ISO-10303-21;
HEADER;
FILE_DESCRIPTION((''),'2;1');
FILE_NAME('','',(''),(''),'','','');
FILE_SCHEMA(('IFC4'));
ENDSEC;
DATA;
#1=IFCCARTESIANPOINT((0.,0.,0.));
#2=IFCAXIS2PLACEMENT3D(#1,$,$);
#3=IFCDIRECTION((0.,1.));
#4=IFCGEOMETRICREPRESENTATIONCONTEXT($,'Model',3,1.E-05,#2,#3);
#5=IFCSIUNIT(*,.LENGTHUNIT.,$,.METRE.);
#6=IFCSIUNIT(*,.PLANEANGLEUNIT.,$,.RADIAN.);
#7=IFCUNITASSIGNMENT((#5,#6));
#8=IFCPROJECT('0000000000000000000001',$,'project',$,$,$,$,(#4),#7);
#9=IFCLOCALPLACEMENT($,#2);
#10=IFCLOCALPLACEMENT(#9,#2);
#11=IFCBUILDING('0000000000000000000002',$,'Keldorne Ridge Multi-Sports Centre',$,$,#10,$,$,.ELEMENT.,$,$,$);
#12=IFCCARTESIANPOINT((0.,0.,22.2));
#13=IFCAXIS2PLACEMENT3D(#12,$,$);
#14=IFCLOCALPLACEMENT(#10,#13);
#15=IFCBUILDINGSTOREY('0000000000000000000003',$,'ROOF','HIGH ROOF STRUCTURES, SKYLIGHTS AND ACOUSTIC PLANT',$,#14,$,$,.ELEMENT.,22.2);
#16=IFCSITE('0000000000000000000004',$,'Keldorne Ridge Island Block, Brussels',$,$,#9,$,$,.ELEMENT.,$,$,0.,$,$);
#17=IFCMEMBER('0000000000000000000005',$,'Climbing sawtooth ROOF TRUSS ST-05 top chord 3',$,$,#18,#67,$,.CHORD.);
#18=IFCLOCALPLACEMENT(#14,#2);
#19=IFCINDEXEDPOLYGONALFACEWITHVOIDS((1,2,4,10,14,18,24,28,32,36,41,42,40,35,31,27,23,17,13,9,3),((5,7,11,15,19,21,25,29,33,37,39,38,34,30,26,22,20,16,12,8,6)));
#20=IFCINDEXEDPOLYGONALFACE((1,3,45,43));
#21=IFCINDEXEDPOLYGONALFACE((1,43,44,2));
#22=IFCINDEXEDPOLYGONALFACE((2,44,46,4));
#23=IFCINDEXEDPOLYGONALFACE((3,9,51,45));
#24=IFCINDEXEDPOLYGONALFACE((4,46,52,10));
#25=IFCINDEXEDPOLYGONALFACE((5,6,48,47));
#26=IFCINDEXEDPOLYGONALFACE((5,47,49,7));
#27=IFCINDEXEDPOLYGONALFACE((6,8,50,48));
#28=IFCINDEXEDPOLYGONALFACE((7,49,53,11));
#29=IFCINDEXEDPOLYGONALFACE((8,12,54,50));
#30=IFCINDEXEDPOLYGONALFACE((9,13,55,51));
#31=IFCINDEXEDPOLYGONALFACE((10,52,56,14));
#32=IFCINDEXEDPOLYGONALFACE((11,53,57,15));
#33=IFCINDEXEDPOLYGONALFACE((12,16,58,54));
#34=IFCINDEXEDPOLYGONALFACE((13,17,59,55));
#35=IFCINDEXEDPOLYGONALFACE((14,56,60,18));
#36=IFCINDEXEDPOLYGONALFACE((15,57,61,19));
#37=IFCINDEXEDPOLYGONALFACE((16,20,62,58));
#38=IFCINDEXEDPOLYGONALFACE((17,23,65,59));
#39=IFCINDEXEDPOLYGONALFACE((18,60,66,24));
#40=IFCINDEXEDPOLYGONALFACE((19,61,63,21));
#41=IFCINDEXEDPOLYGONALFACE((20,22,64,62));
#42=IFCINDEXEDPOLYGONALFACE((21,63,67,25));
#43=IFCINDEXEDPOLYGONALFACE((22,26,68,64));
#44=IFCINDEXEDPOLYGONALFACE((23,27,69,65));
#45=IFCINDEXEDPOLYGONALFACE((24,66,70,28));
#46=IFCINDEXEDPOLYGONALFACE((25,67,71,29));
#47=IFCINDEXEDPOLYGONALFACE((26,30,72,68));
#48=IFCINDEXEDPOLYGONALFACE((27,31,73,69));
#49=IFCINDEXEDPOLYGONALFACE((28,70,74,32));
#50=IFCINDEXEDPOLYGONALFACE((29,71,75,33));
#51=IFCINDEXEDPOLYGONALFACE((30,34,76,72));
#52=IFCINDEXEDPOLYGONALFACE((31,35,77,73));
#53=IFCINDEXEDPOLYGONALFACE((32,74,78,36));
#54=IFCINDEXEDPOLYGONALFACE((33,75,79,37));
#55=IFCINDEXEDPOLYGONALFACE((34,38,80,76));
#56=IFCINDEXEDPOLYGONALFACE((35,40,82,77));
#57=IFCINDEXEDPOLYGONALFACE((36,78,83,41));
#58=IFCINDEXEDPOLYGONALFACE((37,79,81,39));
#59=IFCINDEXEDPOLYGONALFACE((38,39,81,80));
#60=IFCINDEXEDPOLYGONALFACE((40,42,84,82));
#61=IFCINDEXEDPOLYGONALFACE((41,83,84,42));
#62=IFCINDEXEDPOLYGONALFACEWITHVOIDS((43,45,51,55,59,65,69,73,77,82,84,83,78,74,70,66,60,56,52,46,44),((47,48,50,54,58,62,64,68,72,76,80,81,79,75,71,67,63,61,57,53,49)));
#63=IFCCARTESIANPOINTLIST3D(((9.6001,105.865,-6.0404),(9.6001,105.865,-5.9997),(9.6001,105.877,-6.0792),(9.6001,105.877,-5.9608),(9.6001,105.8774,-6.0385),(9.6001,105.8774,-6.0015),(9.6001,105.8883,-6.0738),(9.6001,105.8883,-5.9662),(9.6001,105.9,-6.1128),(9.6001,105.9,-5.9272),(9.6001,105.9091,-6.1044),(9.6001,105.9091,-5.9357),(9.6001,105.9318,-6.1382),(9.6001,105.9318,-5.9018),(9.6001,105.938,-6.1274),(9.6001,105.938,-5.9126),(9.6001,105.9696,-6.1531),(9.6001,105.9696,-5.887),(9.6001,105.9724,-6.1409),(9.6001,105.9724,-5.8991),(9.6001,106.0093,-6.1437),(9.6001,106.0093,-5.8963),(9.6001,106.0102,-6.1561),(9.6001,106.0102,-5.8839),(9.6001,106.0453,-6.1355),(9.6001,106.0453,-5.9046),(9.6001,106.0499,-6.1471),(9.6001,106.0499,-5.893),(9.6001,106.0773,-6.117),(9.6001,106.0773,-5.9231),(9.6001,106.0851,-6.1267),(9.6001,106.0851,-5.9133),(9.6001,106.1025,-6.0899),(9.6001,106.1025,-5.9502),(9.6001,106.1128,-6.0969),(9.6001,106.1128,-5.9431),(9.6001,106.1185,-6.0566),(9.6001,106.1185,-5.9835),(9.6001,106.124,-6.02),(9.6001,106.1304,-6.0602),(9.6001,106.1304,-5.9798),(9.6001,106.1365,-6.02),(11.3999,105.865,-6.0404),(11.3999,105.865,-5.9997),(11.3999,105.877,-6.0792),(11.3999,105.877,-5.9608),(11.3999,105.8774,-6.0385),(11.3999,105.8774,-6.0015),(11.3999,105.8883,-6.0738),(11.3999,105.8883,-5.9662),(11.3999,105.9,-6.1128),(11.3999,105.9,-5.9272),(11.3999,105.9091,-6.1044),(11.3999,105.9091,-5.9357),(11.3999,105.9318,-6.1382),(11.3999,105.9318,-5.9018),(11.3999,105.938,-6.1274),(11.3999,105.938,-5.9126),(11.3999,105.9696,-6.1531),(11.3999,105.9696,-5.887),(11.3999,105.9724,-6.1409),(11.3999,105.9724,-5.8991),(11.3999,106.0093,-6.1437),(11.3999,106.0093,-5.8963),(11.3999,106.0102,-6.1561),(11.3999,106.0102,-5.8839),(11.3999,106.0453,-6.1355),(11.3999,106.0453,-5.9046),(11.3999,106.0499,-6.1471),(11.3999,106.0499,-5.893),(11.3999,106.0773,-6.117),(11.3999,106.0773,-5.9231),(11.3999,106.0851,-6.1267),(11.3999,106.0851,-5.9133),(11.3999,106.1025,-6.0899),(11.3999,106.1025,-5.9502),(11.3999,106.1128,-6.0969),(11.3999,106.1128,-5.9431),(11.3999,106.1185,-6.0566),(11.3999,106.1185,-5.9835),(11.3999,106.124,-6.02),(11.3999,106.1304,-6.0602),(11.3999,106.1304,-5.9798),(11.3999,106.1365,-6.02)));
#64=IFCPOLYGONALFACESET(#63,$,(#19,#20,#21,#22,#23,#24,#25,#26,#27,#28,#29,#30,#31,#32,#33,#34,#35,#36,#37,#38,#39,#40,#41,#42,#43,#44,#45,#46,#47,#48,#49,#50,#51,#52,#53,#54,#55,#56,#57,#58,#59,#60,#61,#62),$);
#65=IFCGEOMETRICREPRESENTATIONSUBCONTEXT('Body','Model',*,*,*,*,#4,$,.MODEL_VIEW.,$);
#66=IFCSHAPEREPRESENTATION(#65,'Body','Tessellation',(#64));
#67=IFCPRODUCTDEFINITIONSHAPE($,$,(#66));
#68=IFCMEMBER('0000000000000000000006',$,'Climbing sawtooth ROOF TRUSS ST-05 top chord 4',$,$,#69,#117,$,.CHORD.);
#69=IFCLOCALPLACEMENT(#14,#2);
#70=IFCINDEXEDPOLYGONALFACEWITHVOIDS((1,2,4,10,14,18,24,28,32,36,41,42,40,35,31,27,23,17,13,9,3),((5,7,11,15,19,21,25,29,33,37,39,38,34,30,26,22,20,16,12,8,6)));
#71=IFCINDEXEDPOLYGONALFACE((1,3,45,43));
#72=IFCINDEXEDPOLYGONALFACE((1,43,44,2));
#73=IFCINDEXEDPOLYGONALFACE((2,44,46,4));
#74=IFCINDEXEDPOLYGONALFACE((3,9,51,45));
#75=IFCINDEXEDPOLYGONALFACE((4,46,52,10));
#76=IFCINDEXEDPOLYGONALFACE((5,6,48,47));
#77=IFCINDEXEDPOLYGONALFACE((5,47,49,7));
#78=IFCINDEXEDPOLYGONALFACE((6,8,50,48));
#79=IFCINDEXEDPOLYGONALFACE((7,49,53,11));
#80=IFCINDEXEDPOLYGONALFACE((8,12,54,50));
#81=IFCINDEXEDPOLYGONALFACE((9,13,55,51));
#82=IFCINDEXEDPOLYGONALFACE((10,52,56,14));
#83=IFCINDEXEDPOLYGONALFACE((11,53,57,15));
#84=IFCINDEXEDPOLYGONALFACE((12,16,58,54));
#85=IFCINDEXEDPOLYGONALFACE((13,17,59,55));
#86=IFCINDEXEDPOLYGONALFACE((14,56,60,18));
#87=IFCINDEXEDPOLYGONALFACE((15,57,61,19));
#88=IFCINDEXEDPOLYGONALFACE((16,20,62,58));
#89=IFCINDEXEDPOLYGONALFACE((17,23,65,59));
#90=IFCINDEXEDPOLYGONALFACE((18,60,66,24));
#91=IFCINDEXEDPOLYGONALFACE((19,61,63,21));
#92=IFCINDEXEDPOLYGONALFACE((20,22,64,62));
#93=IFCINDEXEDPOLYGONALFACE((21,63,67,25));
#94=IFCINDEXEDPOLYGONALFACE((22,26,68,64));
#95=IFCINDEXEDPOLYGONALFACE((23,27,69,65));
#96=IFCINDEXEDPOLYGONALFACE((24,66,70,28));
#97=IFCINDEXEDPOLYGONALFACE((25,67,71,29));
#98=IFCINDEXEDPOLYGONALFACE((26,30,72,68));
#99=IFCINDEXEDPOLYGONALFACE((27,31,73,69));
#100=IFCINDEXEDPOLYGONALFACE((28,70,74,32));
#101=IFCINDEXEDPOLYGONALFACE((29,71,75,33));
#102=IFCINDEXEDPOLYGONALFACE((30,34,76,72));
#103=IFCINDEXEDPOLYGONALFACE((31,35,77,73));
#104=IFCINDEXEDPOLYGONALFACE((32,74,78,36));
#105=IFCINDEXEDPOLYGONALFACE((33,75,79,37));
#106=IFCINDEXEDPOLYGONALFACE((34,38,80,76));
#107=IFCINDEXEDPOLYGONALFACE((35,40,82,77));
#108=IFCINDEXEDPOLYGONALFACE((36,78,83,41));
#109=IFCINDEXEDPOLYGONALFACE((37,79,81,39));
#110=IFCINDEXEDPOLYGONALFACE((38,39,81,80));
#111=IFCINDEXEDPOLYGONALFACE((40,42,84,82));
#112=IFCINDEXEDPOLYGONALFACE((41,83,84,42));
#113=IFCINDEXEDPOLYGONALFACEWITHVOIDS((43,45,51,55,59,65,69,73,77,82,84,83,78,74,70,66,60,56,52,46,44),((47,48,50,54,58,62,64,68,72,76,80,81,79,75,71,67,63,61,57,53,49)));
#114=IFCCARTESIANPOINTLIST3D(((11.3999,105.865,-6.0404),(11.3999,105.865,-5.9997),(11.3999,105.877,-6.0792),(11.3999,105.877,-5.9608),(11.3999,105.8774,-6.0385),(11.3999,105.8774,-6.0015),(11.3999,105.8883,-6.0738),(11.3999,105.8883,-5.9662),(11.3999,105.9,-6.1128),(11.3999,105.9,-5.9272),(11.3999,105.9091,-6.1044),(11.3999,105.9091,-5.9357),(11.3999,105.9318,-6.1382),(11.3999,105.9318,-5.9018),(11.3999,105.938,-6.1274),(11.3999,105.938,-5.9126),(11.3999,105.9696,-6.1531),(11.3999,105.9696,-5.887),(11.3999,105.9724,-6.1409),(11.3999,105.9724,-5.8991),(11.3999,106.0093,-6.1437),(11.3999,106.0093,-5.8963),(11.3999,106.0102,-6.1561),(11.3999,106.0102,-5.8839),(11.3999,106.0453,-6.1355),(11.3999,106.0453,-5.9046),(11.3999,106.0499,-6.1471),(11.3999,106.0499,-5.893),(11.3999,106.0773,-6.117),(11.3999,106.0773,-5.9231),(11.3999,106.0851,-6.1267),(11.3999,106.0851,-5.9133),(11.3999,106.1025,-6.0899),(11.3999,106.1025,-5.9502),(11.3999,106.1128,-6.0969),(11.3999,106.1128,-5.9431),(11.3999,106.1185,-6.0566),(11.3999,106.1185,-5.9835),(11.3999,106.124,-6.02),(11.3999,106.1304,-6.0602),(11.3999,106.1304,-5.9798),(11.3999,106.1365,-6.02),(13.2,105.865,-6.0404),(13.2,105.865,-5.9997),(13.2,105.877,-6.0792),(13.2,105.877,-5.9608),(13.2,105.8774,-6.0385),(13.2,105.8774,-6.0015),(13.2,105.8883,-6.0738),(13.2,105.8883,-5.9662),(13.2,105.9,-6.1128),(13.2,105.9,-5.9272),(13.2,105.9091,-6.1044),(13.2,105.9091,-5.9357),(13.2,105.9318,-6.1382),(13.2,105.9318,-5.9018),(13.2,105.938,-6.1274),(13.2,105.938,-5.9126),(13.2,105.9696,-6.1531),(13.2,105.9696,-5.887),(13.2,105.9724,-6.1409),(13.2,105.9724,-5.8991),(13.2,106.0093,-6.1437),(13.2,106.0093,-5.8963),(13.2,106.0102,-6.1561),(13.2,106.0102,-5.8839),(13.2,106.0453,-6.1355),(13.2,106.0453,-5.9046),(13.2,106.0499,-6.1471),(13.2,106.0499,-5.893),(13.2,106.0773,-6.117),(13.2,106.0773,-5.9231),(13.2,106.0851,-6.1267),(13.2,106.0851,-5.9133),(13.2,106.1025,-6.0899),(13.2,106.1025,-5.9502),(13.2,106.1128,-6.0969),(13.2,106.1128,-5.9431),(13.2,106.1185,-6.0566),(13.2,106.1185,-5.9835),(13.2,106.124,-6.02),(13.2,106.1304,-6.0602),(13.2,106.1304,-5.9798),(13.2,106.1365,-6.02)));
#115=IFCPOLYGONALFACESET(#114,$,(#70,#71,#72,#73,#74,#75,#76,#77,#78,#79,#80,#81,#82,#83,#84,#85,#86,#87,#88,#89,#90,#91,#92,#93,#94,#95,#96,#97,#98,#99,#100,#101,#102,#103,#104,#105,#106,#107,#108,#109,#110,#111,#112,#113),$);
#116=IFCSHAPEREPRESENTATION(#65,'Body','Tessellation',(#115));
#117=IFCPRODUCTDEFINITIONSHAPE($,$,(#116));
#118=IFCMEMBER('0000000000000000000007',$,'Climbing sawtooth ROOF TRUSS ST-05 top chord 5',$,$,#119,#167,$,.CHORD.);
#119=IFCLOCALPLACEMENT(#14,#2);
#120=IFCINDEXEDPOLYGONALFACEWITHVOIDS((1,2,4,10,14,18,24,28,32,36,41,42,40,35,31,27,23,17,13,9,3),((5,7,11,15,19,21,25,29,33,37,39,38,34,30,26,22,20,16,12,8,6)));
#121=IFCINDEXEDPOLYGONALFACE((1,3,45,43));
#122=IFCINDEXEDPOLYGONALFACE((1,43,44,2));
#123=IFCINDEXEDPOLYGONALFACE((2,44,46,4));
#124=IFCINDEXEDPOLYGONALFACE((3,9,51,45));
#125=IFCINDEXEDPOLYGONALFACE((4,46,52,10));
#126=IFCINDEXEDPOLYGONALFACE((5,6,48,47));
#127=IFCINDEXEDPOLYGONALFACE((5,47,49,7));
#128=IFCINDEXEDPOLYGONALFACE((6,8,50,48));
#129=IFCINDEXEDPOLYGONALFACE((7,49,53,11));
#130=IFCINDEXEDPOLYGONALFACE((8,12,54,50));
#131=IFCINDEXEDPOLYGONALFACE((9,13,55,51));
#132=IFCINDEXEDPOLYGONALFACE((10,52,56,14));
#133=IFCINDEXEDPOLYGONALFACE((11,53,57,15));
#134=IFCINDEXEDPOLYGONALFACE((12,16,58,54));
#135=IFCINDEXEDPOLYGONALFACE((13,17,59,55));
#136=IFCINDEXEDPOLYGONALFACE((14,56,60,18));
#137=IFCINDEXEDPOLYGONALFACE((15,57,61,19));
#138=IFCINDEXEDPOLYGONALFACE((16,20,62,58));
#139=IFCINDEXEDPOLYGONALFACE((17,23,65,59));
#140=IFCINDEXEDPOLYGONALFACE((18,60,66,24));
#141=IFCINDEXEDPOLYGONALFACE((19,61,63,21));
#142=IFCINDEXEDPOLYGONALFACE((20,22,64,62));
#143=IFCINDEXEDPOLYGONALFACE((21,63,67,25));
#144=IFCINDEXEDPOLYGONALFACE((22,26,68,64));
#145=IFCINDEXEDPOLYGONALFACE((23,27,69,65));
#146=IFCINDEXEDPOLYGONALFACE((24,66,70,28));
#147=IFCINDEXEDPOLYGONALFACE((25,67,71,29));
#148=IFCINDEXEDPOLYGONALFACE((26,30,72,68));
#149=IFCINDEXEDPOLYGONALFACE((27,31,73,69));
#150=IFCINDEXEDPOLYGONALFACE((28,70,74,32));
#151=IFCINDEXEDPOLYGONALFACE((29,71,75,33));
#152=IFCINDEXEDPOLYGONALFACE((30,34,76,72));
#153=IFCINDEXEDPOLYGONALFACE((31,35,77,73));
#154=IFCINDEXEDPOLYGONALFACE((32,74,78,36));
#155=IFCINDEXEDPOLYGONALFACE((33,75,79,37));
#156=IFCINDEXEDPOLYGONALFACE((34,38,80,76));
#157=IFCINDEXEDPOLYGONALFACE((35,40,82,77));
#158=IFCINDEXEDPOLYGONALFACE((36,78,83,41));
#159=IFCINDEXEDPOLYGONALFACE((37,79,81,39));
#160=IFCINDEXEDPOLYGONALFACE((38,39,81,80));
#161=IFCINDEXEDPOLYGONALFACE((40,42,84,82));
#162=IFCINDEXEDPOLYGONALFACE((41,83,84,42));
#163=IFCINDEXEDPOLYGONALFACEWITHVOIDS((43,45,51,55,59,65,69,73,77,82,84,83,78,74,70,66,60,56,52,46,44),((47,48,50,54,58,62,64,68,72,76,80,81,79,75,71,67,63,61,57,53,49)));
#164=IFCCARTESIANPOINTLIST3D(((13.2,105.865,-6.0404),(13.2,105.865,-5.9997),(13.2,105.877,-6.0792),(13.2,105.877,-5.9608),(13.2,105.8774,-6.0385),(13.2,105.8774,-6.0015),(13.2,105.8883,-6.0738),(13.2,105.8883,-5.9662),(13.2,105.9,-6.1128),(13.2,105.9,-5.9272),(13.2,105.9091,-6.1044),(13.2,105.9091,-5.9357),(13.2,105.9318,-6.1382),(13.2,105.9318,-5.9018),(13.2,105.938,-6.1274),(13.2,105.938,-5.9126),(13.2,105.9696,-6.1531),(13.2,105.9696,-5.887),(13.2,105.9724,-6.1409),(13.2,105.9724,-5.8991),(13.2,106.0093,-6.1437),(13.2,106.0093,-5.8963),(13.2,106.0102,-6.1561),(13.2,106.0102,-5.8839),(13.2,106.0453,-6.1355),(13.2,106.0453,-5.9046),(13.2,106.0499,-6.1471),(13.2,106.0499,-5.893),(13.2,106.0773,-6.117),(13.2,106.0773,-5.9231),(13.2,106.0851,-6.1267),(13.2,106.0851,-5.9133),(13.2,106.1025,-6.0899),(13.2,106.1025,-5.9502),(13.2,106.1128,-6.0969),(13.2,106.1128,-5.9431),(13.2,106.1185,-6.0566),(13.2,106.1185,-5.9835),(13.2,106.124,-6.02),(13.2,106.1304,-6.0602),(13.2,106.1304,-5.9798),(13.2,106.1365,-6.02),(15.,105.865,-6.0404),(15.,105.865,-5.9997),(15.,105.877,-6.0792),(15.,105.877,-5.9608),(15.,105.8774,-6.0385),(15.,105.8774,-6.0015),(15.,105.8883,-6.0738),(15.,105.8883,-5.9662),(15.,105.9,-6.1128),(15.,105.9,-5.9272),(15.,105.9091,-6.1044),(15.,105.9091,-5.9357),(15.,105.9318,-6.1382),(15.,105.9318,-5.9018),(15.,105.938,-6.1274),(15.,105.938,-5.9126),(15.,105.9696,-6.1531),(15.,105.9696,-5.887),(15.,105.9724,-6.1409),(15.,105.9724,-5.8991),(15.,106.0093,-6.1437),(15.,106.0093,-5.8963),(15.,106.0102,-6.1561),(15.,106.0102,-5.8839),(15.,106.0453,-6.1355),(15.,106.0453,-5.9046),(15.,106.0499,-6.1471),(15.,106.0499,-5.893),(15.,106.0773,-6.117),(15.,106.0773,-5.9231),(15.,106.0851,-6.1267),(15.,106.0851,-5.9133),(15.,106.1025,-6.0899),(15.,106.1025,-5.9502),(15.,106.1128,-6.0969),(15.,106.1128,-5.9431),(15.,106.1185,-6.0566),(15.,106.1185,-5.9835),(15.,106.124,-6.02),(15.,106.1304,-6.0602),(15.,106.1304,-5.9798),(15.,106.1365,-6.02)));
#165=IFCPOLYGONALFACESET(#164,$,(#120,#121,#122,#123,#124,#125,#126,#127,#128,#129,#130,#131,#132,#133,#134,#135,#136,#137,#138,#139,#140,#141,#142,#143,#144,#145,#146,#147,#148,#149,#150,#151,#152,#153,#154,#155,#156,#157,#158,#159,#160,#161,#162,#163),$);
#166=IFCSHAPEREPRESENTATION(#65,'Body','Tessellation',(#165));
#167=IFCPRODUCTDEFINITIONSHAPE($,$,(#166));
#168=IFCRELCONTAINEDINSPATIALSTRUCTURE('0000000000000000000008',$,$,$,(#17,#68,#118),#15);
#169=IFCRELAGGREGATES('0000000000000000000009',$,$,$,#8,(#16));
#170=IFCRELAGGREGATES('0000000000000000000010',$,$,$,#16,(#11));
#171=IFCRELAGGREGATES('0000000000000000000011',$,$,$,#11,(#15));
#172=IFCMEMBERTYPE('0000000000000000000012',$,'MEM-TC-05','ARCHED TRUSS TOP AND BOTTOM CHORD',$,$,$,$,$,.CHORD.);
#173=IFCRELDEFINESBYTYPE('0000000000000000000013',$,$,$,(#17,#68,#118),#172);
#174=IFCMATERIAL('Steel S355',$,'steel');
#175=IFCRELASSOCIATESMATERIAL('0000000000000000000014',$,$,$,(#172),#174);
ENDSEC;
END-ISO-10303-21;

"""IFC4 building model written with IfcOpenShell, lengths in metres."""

from ifc_helpers import new_model, si_unit, direction, frame, origin, origin_2d, place, context, subcontext, project, spatial, hollow_circle, extrude, material, material_profile, profile_set, type_object, element, save


model = new_model("IFC4")

# Units and contexts
model_context = context("Model", 3, precision=1e-05, world=origin(), true_north=direction((0.0, 1.0)))
body_context = subcontext(model_context, "Body", "Model", "MODEL_VIEW")
ifc_project = project(units=[si_unit("LENGTHUNIT", "METRE"), si_unit("PLANEANGLEUNIT", "RADIAN")], contexts=[model_context])

# Site, building, storey
site_placement = place(None, origin())
site = spatial("IfcSite", under=ifc_project, at=site_placement, Name="Keldorne Ridge Island Block, Brussels", CompositionType="ELEMENT", RefElevation=0.0)
building_placement = place(site_placement, origin())
building = spatial("IfcBuilding", under=site, at=building_placement, Name="Keldorne Ridge Multi-Sports Centre", CompositionType="ELEMENT")
storey_placement = place(building_placement, frame((0.0, 0.0, 22.2)))
storey = spatial("IfcBuildingStorey", under=building, at=storey_placement, Name="ROOF", Description="HIGH ROOF STRUCTURES, SKYLIGHTS AND ACOUSTIC PLANT", CompositionType="ELEMENT", Elevation=22.2)

# Shared definitions
ifc_material_1 = material(Name="Steel S355", Category="steel")

# Members
ifc_material_profile_1 = material_profile(ifc_material_1, hollow_circle(Radius=0.1365, WallThickness=0.0125, at=origin_2d()), Name="CHS 273x12.5")
ifc_profile_set_1 = profile_set([ifc_material_profile_1], Name="Steel S355")
member_type_1 = type_object("IfcMemberType", Name="MEM-TC-05", Description="ARCHED TRUSS TOP AND BOTTOM CHORD", PredefinedType="CHORD", material=ifc_profile_set_1)
member_1_placement = place(storey_placement, frame((9.6001, 106.0, -6.02), z_axis=(1.0, 0.0, 0.0), x_axis=(0.0, 1.0, 0.0)))
element("IfcMember", 1, at=member_1_placement, inside=storey, type_object=member_type_1, Name="Climbing sawtooth ROOF TRUSS ST-05 top chord 3", PredefinedType="CHORD", context=body_context, shape_type="SweptSolid", body=[
    extrude(hollow_circle(Radius=0.1365, WallThickness=0.0125, at=origin_2d()), origin(), (0.0, 0.0, 1.0), 1.7998),
])
for number, where, z_axis, x_axis, name in (
    (2, (11.3999, 106.0, -6.02), (1.0, 0.0, 0.0), (0.0, 1.0, 0.0), "Climbing sawtooth ROOF TRUSS ST-05 top chord 4"),
    (3, (13.2, 106.0, -6.02), (1.0, 0.0, 0.0), (0.0, 1.0, 0.0), "Climbing sawtooth ROOF TRUSS ST-05 top chord 5"),
):
    element("IfcMember", number, at=place(storey_placement, frame(where, z_axis=z_axis, x_axis=x_axis)), inside=storey, type_object=member_type_1, Name=name, PredefinedType="CHORD", context=body_context, shape_type="SweptSolid", body=[
        extrude(hollow_circle(Radius=0.1365, WallThickness=0.0125, at=origin_2d()), origin(), (0.0, 0.0, 1.0), 1.8),
    ])

save(model, "model.ifc")
